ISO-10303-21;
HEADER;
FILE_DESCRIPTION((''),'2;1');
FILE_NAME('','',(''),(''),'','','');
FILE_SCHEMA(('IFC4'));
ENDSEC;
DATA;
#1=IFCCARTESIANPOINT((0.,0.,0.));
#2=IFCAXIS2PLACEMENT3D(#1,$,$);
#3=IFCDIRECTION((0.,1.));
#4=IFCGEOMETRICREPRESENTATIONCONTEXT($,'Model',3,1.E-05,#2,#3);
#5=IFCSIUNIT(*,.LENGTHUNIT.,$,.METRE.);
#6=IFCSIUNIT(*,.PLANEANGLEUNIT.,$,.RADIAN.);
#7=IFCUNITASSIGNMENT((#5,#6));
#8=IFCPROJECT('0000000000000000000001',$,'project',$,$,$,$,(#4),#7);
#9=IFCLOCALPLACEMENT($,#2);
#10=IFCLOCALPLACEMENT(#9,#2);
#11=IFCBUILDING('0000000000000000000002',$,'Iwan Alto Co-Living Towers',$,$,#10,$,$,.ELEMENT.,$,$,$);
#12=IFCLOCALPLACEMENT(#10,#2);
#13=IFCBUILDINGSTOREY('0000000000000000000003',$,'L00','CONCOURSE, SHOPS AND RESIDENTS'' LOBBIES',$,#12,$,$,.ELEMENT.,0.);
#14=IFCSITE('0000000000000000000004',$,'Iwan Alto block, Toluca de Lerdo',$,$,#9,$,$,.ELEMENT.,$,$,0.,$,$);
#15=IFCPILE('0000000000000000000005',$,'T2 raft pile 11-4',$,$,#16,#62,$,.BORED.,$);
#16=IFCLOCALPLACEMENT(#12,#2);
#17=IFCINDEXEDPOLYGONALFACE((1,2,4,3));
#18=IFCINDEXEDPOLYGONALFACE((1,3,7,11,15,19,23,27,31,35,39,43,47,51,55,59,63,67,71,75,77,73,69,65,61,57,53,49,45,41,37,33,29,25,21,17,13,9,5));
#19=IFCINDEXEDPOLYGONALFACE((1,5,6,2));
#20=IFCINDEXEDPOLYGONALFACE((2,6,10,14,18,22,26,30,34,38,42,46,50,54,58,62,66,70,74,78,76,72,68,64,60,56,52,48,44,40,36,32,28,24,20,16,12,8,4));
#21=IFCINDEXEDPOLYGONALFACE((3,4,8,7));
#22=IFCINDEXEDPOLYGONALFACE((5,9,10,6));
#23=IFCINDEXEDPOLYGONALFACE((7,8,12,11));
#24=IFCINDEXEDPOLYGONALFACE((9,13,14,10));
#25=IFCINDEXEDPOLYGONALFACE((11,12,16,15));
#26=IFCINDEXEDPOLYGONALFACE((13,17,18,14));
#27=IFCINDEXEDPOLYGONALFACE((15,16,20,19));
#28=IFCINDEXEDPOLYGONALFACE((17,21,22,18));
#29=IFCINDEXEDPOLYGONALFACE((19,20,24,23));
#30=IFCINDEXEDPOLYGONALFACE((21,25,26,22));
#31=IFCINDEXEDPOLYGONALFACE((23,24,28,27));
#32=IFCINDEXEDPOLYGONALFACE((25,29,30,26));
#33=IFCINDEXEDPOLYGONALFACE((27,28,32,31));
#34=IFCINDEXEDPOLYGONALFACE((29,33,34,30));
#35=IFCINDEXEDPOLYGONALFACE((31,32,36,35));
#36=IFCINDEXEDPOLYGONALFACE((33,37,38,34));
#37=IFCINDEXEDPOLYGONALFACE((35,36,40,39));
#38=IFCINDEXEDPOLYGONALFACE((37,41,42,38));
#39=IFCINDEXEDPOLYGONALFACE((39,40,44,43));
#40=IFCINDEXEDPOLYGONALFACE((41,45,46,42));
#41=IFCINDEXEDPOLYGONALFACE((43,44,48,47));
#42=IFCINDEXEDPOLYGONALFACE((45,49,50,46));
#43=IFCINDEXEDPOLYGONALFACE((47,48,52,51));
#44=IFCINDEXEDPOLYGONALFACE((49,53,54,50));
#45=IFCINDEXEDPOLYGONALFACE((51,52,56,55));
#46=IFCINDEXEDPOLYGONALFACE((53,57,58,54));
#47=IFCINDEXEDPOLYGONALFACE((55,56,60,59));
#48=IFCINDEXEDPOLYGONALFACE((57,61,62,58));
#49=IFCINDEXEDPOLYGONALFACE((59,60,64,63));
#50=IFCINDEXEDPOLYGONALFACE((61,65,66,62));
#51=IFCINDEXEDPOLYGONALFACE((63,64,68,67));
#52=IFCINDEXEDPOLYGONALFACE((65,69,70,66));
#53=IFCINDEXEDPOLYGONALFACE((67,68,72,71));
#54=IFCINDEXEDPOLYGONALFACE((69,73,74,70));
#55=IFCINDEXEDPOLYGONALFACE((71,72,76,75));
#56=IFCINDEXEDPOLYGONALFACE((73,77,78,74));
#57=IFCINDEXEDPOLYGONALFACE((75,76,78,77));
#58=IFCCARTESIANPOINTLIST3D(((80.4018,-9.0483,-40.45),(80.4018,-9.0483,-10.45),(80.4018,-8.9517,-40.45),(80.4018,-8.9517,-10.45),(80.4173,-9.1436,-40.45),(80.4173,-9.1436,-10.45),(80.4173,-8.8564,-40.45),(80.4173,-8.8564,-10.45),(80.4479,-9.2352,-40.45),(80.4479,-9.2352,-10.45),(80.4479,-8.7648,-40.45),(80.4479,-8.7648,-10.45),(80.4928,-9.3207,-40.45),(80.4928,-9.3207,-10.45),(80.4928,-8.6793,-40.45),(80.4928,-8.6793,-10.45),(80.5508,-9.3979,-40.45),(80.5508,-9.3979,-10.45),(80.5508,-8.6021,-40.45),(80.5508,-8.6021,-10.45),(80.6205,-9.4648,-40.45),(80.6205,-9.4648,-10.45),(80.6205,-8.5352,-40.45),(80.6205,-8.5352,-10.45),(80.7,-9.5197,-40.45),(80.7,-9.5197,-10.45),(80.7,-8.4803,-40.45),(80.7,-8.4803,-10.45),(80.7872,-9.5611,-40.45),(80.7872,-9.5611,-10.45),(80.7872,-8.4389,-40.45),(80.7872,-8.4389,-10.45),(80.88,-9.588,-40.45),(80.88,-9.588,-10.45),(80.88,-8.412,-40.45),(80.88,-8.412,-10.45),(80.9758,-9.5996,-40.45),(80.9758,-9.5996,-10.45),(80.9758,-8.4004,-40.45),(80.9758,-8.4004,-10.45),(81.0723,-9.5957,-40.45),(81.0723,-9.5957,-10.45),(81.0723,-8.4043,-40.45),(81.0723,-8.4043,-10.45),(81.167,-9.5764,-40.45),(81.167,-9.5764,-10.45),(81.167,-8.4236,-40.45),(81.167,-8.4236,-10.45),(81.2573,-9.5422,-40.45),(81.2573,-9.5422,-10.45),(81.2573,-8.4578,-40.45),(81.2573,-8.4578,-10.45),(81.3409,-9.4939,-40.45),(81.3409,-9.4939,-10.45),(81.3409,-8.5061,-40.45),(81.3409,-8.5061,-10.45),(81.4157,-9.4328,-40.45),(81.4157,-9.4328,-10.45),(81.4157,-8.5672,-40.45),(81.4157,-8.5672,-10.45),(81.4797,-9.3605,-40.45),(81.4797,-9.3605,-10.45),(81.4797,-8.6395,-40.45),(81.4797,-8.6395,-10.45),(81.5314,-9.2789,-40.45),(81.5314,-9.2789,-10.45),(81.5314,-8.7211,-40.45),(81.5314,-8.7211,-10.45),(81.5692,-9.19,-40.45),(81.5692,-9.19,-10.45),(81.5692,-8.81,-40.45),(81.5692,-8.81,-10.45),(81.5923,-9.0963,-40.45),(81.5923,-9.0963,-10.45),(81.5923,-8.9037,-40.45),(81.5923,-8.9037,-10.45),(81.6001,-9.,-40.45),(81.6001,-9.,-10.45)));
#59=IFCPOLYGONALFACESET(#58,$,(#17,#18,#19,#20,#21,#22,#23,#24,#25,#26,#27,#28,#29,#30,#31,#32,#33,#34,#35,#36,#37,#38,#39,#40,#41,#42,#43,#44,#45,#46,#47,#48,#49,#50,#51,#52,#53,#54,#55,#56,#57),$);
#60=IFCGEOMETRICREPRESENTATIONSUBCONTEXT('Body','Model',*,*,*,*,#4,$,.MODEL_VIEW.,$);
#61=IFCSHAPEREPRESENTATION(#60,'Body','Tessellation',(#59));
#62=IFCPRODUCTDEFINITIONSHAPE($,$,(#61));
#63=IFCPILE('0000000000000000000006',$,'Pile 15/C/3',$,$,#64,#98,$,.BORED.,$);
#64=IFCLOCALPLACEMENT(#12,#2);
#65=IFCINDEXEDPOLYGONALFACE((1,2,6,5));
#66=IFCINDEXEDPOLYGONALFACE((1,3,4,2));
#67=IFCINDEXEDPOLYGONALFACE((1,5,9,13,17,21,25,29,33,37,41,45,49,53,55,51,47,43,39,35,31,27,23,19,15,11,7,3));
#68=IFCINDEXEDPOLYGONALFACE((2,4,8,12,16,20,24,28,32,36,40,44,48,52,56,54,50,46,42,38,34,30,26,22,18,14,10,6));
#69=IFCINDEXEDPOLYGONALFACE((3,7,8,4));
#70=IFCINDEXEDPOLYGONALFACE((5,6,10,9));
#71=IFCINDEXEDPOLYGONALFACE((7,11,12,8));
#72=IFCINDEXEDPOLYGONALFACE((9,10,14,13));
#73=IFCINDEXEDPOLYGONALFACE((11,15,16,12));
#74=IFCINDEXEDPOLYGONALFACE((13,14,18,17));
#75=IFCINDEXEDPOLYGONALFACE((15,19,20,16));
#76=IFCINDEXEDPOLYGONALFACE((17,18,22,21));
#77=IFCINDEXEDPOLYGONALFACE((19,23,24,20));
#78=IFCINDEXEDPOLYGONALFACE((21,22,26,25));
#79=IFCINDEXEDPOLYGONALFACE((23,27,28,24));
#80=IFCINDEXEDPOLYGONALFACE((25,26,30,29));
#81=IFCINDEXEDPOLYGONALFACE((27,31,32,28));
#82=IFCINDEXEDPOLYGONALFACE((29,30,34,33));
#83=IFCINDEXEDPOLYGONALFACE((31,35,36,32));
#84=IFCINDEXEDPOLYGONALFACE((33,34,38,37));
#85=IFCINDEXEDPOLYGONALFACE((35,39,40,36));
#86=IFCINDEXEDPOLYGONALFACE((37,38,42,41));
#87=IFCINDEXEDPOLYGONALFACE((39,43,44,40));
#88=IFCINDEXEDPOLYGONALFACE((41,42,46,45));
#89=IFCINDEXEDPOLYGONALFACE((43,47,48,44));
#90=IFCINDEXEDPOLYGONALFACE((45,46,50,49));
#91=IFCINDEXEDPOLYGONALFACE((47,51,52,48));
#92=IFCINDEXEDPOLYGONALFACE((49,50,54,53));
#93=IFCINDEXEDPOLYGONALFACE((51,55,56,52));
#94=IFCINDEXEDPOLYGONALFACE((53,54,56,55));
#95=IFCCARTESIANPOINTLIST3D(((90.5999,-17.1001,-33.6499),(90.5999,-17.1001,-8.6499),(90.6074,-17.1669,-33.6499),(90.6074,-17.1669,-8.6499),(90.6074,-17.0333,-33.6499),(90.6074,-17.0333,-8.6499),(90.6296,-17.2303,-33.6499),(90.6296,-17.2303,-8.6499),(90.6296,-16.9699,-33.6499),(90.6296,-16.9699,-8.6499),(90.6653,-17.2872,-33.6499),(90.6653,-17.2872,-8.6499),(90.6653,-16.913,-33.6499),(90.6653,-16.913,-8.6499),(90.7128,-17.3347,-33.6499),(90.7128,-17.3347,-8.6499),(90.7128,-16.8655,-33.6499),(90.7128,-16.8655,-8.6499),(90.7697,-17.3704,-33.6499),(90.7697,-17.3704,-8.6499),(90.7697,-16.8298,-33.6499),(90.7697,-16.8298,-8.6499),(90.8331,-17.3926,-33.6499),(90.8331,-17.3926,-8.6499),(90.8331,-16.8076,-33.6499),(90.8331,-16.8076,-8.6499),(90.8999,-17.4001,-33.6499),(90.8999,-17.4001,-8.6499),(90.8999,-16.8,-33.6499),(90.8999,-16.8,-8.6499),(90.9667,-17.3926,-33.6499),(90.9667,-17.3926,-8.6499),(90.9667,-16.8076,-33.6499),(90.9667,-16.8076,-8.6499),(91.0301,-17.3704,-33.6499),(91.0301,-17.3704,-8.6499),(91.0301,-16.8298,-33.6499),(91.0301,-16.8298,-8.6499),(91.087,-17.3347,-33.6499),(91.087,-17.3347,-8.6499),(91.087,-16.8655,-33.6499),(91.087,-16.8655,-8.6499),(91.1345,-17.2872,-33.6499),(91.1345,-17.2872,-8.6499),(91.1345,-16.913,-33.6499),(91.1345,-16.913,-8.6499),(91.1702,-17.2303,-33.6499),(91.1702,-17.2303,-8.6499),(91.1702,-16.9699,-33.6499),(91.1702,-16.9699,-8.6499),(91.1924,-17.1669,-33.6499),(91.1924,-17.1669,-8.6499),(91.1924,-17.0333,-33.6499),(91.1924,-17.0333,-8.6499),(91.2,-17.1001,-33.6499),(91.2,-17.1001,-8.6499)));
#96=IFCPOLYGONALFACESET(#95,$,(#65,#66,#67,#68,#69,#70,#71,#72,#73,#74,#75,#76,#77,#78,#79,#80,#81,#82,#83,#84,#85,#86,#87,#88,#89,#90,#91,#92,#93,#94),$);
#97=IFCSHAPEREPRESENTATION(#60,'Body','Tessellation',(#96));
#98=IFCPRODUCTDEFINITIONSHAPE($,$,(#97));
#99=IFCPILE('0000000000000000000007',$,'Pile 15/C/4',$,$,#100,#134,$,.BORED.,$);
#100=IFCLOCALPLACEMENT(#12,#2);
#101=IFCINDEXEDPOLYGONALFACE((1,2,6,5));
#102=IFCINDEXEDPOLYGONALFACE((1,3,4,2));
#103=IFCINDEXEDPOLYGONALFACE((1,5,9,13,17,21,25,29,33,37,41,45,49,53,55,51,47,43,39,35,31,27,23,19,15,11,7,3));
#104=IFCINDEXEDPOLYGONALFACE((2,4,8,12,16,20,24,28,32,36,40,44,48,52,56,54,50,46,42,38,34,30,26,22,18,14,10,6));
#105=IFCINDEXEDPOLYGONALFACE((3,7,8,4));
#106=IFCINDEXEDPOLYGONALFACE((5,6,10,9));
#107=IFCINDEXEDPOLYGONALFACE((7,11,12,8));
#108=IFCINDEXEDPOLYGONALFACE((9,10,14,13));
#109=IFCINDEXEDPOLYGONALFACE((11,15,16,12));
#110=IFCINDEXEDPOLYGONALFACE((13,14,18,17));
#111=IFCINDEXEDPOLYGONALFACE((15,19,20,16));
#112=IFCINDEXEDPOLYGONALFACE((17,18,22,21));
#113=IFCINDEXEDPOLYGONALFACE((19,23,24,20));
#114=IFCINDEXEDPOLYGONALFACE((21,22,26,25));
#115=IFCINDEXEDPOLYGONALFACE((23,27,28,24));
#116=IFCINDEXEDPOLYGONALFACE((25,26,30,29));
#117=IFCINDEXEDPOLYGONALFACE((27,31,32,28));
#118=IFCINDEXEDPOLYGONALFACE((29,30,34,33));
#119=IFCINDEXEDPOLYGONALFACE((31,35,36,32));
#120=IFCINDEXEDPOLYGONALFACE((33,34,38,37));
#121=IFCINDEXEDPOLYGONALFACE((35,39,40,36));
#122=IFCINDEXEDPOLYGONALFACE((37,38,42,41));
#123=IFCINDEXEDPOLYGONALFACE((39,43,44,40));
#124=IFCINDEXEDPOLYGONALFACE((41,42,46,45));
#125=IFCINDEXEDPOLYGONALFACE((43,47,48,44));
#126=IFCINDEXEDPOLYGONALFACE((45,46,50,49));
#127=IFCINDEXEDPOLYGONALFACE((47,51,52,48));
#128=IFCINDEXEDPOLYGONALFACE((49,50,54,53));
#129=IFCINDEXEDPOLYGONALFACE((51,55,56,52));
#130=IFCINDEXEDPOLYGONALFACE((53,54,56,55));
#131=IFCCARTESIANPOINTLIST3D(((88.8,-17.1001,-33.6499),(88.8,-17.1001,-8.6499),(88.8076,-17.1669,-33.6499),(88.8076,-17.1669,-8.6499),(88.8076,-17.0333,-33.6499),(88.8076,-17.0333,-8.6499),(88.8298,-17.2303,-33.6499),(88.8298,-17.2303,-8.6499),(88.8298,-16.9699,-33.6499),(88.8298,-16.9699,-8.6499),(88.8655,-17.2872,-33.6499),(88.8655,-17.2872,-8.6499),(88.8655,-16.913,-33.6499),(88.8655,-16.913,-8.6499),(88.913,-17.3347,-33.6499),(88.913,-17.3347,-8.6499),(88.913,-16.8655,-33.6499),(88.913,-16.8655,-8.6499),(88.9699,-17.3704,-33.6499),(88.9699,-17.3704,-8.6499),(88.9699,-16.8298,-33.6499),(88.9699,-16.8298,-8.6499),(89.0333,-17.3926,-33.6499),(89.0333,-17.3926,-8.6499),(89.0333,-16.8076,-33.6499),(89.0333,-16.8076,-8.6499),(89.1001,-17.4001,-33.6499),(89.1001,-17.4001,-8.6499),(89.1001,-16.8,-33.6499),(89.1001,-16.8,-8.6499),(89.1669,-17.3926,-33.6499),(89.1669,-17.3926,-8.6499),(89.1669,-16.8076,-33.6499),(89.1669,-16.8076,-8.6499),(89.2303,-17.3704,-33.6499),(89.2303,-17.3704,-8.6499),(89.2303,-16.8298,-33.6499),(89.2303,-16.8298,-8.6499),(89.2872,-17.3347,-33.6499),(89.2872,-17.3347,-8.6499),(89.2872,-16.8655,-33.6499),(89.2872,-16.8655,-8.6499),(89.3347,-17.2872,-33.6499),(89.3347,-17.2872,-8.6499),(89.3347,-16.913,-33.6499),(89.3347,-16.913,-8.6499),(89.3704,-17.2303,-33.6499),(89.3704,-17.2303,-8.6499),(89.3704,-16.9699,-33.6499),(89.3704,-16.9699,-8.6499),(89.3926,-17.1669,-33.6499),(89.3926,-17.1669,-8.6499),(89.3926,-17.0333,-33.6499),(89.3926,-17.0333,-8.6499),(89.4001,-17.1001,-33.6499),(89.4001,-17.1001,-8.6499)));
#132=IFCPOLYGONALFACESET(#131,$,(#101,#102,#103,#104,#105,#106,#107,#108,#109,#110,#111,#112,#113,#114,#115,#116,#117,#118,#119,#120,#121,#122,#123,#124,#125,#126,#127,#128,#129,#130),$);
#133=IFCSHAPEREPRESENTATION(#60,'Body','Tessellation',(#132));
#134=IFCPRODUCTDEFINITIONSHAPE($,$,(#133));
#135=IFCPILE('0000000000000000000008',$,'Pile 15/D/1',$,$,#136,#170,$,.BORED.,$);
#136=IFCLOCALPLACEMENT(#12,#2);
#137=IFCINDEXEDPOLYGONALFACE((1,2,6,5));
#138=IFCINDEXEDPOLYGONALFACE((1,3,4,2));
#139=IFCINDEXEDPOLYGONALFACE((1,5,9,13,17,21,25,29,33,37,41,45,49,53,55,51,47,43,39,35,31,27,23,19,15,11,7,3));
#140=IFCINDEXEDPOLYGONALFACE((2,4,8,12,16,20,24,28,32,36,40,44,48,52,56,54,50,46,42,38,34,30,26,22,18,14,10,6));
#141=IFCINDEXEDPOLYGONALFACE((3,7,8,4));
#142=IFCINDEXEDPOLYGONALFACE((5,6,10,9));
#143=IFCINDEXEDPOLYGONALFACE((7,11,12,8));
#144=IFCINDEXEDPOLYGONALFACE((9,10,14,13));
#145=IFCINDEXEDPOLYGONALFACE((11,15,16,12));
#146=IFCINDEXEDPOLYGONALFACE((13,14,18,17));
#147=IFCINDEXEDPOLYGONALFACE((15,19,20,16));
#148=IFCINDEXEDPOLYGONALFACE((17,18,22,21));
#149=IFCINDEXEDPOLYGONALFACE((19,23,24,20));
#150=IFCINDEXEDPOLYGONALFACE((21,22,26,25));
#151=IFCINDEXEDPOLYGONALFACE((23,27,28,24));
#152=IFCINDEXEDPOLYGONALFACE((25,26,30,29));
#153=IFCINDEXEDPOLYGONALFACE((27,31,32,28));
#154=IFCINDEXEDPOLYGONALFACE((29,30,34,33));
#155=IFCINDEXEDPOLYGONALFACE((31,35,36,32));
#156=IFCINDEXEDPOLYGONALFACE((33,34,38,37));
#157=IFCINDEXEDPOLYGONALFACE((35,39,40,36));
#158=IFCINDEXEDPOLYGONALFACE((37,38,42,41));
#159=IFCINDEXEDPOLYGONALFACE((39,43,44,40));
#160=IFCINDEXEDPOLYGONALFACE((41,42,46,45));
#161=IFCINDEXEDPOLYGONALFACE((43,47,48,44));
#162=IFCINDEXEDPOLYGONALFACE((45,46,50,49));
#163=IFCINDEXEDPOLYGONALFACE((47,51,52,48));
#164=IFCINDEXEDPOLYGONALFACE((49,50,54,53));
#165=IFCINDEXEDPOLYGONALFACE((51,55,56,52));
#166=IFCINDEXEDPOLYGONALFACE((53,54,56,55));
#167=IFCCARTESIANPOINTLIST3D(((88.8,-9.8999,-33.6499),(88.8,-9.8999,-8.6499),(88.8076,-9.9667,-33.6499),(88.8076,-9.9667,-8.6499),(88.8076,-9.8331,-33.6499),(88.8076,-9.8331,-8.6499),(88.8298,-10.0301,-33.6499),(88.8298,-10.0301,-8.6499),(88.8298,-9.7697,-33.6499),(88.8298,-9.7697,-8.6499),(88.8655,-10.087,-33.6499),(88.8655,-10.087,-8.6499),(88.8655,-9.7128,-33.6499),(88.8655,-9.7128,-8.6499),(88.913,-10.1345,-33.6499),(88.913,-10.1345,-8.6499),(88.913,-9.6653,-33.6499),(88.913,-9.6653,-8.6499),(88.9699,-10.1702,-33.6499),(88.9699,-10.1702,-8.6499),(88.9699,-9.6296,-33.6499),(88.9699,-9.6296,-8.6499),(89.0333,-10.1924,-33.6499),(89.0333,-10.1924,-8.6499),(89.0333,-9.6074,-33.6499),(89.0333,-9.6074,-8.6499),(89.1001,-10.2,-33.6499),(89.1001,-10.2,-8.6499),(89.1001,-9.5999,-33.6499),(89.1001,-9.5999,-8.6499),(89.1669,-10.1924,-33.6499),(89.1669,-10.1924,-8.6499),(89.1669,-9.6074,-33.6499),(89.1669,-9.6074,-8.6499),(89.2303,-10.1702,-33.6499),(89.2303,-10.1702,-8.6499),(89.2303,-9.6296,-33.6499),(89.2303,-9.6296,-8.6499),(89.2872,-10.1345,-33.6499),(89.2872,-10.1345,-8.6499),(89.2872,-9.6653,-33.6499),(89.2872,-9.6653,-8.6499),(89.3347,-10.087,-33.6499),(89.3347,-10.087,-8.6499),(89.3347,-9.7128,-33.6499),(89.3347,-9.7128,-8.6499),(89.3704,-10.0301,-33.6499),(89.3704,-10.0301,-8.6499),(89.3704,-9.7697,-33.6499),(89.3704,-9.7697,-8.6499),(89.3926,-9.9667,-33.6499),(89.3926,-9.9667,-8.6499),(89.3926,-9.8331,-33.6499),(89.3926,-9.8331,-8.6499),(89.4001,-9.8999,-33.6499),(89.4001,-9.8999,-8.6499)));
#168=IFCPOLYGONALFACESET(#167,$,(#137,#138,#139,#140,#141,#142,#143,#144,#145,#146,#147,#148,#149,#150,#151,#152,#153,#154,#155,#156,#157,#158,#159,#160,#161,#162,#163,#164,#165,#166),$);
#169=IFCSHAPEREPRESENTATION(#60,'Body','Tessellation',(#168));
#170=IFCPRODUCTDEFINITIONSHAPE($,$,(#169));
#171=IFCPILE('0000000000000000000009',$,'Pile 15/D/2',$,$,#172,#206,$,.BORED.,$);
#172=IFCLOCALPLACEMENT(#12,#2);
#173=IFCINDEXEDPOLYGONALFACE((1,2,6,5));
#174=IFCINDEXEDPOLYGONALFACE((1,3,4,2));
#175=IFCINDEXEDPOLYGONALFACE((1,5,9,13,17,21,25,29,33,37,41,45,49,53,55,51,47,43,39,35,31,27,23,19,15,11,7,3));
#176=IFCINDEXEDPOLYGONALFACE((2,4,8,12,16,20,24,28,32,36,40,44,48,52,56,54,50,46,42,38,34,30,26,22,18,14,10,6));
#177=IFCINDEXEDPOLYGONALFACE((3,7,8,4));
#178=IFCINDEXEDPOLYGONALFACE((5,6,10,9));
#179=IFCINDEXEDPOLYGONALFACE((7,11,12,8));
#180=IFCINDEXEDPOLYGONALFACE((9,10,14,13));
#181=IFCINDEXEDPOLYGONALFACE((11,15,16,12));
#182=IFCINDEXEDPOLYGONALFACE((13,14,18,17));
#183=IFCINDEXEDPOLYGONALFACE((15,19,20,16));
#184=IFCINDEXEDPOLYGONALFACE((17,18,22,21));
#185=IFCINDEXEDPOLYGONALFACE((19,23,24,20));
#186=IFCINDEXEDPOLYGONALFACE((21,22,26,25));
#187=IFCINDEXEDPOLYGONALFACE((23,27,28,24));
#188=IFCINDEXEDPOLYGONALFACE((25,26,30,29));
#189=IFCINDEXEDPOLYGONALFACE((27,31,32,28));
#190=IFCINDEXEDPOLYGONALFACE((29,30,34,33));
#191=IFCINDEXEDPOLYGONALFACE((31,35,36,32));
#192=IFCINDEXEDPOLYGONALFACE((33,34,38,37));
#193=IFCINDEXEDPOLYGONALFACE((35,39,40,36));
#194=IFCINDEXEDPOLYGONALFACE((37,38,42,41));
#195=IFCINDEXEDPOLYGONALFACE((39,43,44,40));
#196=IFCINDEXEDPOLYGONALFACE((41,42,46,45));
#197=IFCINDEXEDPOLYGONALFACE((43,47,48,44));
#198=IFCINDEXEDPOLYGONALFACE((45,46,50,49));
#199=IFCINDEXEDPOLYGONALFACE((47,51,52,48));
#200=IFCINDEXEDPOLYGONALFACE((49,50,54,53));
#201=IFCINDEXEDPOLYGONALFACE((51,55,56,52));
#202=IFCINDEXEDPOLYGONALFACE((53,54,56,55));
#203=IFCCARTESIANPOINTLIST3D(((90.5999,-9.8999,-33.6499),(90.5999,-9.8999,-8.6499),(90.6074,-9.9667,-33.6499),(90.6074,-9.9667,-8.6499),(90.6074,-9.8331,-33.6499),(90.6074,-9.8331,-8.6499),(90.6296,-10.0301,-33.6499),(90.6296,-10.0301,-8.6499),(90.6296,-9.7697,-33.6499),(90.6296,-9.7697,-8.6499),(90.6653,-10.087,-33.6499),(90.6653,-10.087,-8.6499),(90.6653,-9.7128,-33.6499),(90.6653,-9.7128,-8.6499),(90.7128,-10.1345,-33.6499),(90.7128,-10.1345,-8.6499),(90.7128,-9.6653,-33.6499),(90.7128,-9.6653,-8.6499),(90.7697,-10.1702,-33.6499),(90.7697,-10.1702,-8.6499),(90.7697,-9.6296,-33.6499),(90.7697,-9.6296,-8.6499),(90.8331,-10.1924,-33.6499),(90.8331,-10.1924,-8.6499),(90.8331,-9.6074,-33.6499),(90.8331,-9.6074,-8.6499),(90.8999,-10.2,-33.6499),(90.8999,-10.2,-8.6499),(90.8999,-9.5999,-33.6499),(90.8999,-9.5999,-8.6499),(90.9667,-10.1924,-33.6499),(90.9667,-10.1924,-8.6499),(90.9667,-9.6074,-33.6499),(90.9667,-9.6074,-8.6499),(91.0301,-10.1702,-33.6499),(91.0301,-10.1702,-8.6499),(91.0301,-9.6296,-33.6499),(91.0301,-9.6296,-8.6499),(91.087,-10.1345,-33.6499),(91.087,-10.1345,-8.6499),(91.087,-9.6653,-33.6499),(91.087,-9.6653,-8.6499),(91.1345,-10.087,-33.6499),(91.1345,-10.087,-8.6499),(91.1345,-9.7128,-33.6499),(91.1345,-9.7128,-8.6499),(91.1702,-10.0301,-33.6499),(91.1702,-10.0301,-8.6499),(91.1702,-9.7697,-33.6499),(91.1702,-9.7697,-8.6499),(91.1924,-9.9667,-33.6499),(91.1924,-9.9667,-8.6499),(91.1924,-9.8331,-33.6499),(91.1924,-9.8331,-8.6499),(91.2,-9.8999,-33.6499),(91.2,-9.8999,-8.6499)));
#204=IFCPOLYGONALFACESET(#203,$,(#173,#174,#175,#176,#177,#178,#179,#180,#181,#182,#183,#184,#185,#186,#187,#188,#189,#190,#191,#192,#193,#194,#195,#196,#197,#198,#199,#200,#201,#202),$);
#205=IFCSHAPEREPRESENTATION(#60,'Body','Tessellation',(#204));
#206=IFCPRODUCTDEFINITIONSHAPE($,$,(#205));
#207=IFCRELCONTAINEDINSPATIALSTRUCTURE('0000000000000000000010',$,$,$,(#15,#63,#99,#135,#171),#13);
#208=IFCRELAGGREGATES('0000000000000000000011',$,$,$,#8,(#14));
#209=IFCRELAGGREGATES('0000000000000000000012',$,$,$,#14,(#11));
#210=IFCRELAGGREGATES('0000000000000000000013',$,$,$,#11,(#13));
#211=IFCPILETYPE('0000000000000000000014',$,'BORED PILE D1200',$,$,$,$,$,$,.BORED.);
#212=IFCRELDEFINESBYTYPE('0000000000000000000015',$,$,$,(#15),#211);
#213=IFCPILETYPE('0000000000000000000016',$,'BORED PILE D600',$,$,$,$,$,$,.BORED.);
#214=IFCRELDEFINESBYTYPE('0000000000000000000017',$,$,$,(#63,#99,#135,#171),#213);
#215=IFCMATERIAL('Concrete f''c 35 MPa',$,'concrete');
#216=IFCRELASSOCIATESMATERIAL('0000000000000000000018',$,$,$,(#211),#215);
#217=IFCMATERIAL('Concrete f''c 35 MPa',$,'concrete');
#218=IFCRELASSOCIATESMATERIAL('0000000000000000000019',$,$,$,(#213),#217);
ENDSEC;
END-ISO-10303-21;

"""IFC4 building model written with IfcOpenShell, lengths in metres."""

from ifc_helpers import new_model, si_unit, direction, frame, origin, origin_2d, place, context, subcontext, project, spatial, circle, extrude, material, material_profile, profile_set, type_object, element, save


model = new_model("IFC4")

# Units and contexts
model_context = context("Model", 3, precision=1e-05, world=origin(), true_north=direction((0.0, 1.0)))
body_context = subcontext(model_context, "Body", "Model", "MODEL_VIEW")
ifc_project = project(units=[si_unit("LENGTHUNIT", "METRE"), si_unit("PLANEANGLEUNIT", "RADIAN")], contexts=[model_context])

# Site, building, storey
site_placement = place(None, origin())
site = spatial("IfcSite", under=ifc_project, at=site_placement, Name="Iwan Alto block, Toluca de Lerdo", CompositionType="ELEMENT", RefElevation=0.0)
building_placement = place(site_placement, origin())
building = spatial("IfcBuilding", under=site, at=building_placement, Name="Iwan Alto Co-Living Towers", CompositionType="ELEMENT")
storey_placement = place(building_placement, origin())
storey = spatial("IfcBuildingStorey", under=building, at=storey_placement, Name="L00", Description="CONCOURSE, SHOPS AND RESIDENTS' LOBBIES", CompositionType="ELEMENT", Elevation=0.0)

# Piles
ifc_material_1 = material(Name="Concrete f'c 35 MPa", Category="concrete")
ifc_material_profile_1 = material_profile(ifc_material_1, circle(Radius=0.6001, at=origin_2d()), Name="D1200")
ifc_profile_set_1 = profile_set([ifc_material_profile_1], Name="Concrete f'c 35 MPa")
pile_type_1 = type_object("IfcPileType", Name="BORED PILE D1200", PredefinedType="BORED", material=ifc_profile_set_1)
for number, where, z_axis, x_axis, name in (
    (1, (81.0, -9.0, -10.45), (0.0, 0.0, -1.0), (1.0, 0.0, 0.0), "T2 raft pile 11-4"),
):
    element("IfcPile", number, at=place(storey_placement, frame(where, z_axis=z_axis, x_axis=x_axis)), inside=storey, type_object=pile_type_1, Name=name, PredefinedType="BORED", context=body_context, shape_type="SweptSolid", body=[
        extrude(circle(Radius=0.6001, at=origin_2d()), origin(), (0.0, 0.0, 1.0), 30.0),
    ])
ifc_material_2 = material(Name="Concrete f'c 35 MPa", Category="concrete")
ifc_material_profile_2 = material_profile(ifc_material_2, circle(Radius=0.3, at=origin_2d()), Name="D600")
ifc_profile_set_2 = profile_set([ifc_material_profile_2], Name="Concrete f'c 35 MPa")
pile_type_2 = type_object("IfcPileType", Name="BORED PILE D600", PredefinedType="BORED", material=ifc_profile_set_2)
for number, where, z_axis, x_axis, name in (
    (2, (90.8999, -17.1001, -8.6499), (0.0, 0.0, -1.0), (1.0, 0.0, 0.0), "Pile 15/C/3"),
    (3, (89.1001, -17.1001, -8.6499), (0.0, 0.0, -1.0), (1.0, 0.0, 0.0), "Pile 15/C/4"),
    (4, (89.1001, -9.8999, -8.6499), (0.0, 0.0, -1.0), (1.0, 0.0, 0.0), "Pile 15/D/1"),
    (5, (90.8999, -9.8999, -8.6499), (0.0, 0.0, -1.0), (1.0, 0.0, 0.0), "Pile 15/D/2"),
):
    element("IfcPile", number, at=place(storey_placement, frame(where, z_axis=z_axis, x_axis=x_axis)), inside=storey, type_object=pile_type_2, Name=name, PredefinedType="BORED", context=body_context, shape_type="SweptSolid", body=[
        extrude(circle(Radius=0.3, at=origin_2d()), origin(), (0.0, 0.0, 1.0), 25.0),
    ])

save(model, "model.ifc")
